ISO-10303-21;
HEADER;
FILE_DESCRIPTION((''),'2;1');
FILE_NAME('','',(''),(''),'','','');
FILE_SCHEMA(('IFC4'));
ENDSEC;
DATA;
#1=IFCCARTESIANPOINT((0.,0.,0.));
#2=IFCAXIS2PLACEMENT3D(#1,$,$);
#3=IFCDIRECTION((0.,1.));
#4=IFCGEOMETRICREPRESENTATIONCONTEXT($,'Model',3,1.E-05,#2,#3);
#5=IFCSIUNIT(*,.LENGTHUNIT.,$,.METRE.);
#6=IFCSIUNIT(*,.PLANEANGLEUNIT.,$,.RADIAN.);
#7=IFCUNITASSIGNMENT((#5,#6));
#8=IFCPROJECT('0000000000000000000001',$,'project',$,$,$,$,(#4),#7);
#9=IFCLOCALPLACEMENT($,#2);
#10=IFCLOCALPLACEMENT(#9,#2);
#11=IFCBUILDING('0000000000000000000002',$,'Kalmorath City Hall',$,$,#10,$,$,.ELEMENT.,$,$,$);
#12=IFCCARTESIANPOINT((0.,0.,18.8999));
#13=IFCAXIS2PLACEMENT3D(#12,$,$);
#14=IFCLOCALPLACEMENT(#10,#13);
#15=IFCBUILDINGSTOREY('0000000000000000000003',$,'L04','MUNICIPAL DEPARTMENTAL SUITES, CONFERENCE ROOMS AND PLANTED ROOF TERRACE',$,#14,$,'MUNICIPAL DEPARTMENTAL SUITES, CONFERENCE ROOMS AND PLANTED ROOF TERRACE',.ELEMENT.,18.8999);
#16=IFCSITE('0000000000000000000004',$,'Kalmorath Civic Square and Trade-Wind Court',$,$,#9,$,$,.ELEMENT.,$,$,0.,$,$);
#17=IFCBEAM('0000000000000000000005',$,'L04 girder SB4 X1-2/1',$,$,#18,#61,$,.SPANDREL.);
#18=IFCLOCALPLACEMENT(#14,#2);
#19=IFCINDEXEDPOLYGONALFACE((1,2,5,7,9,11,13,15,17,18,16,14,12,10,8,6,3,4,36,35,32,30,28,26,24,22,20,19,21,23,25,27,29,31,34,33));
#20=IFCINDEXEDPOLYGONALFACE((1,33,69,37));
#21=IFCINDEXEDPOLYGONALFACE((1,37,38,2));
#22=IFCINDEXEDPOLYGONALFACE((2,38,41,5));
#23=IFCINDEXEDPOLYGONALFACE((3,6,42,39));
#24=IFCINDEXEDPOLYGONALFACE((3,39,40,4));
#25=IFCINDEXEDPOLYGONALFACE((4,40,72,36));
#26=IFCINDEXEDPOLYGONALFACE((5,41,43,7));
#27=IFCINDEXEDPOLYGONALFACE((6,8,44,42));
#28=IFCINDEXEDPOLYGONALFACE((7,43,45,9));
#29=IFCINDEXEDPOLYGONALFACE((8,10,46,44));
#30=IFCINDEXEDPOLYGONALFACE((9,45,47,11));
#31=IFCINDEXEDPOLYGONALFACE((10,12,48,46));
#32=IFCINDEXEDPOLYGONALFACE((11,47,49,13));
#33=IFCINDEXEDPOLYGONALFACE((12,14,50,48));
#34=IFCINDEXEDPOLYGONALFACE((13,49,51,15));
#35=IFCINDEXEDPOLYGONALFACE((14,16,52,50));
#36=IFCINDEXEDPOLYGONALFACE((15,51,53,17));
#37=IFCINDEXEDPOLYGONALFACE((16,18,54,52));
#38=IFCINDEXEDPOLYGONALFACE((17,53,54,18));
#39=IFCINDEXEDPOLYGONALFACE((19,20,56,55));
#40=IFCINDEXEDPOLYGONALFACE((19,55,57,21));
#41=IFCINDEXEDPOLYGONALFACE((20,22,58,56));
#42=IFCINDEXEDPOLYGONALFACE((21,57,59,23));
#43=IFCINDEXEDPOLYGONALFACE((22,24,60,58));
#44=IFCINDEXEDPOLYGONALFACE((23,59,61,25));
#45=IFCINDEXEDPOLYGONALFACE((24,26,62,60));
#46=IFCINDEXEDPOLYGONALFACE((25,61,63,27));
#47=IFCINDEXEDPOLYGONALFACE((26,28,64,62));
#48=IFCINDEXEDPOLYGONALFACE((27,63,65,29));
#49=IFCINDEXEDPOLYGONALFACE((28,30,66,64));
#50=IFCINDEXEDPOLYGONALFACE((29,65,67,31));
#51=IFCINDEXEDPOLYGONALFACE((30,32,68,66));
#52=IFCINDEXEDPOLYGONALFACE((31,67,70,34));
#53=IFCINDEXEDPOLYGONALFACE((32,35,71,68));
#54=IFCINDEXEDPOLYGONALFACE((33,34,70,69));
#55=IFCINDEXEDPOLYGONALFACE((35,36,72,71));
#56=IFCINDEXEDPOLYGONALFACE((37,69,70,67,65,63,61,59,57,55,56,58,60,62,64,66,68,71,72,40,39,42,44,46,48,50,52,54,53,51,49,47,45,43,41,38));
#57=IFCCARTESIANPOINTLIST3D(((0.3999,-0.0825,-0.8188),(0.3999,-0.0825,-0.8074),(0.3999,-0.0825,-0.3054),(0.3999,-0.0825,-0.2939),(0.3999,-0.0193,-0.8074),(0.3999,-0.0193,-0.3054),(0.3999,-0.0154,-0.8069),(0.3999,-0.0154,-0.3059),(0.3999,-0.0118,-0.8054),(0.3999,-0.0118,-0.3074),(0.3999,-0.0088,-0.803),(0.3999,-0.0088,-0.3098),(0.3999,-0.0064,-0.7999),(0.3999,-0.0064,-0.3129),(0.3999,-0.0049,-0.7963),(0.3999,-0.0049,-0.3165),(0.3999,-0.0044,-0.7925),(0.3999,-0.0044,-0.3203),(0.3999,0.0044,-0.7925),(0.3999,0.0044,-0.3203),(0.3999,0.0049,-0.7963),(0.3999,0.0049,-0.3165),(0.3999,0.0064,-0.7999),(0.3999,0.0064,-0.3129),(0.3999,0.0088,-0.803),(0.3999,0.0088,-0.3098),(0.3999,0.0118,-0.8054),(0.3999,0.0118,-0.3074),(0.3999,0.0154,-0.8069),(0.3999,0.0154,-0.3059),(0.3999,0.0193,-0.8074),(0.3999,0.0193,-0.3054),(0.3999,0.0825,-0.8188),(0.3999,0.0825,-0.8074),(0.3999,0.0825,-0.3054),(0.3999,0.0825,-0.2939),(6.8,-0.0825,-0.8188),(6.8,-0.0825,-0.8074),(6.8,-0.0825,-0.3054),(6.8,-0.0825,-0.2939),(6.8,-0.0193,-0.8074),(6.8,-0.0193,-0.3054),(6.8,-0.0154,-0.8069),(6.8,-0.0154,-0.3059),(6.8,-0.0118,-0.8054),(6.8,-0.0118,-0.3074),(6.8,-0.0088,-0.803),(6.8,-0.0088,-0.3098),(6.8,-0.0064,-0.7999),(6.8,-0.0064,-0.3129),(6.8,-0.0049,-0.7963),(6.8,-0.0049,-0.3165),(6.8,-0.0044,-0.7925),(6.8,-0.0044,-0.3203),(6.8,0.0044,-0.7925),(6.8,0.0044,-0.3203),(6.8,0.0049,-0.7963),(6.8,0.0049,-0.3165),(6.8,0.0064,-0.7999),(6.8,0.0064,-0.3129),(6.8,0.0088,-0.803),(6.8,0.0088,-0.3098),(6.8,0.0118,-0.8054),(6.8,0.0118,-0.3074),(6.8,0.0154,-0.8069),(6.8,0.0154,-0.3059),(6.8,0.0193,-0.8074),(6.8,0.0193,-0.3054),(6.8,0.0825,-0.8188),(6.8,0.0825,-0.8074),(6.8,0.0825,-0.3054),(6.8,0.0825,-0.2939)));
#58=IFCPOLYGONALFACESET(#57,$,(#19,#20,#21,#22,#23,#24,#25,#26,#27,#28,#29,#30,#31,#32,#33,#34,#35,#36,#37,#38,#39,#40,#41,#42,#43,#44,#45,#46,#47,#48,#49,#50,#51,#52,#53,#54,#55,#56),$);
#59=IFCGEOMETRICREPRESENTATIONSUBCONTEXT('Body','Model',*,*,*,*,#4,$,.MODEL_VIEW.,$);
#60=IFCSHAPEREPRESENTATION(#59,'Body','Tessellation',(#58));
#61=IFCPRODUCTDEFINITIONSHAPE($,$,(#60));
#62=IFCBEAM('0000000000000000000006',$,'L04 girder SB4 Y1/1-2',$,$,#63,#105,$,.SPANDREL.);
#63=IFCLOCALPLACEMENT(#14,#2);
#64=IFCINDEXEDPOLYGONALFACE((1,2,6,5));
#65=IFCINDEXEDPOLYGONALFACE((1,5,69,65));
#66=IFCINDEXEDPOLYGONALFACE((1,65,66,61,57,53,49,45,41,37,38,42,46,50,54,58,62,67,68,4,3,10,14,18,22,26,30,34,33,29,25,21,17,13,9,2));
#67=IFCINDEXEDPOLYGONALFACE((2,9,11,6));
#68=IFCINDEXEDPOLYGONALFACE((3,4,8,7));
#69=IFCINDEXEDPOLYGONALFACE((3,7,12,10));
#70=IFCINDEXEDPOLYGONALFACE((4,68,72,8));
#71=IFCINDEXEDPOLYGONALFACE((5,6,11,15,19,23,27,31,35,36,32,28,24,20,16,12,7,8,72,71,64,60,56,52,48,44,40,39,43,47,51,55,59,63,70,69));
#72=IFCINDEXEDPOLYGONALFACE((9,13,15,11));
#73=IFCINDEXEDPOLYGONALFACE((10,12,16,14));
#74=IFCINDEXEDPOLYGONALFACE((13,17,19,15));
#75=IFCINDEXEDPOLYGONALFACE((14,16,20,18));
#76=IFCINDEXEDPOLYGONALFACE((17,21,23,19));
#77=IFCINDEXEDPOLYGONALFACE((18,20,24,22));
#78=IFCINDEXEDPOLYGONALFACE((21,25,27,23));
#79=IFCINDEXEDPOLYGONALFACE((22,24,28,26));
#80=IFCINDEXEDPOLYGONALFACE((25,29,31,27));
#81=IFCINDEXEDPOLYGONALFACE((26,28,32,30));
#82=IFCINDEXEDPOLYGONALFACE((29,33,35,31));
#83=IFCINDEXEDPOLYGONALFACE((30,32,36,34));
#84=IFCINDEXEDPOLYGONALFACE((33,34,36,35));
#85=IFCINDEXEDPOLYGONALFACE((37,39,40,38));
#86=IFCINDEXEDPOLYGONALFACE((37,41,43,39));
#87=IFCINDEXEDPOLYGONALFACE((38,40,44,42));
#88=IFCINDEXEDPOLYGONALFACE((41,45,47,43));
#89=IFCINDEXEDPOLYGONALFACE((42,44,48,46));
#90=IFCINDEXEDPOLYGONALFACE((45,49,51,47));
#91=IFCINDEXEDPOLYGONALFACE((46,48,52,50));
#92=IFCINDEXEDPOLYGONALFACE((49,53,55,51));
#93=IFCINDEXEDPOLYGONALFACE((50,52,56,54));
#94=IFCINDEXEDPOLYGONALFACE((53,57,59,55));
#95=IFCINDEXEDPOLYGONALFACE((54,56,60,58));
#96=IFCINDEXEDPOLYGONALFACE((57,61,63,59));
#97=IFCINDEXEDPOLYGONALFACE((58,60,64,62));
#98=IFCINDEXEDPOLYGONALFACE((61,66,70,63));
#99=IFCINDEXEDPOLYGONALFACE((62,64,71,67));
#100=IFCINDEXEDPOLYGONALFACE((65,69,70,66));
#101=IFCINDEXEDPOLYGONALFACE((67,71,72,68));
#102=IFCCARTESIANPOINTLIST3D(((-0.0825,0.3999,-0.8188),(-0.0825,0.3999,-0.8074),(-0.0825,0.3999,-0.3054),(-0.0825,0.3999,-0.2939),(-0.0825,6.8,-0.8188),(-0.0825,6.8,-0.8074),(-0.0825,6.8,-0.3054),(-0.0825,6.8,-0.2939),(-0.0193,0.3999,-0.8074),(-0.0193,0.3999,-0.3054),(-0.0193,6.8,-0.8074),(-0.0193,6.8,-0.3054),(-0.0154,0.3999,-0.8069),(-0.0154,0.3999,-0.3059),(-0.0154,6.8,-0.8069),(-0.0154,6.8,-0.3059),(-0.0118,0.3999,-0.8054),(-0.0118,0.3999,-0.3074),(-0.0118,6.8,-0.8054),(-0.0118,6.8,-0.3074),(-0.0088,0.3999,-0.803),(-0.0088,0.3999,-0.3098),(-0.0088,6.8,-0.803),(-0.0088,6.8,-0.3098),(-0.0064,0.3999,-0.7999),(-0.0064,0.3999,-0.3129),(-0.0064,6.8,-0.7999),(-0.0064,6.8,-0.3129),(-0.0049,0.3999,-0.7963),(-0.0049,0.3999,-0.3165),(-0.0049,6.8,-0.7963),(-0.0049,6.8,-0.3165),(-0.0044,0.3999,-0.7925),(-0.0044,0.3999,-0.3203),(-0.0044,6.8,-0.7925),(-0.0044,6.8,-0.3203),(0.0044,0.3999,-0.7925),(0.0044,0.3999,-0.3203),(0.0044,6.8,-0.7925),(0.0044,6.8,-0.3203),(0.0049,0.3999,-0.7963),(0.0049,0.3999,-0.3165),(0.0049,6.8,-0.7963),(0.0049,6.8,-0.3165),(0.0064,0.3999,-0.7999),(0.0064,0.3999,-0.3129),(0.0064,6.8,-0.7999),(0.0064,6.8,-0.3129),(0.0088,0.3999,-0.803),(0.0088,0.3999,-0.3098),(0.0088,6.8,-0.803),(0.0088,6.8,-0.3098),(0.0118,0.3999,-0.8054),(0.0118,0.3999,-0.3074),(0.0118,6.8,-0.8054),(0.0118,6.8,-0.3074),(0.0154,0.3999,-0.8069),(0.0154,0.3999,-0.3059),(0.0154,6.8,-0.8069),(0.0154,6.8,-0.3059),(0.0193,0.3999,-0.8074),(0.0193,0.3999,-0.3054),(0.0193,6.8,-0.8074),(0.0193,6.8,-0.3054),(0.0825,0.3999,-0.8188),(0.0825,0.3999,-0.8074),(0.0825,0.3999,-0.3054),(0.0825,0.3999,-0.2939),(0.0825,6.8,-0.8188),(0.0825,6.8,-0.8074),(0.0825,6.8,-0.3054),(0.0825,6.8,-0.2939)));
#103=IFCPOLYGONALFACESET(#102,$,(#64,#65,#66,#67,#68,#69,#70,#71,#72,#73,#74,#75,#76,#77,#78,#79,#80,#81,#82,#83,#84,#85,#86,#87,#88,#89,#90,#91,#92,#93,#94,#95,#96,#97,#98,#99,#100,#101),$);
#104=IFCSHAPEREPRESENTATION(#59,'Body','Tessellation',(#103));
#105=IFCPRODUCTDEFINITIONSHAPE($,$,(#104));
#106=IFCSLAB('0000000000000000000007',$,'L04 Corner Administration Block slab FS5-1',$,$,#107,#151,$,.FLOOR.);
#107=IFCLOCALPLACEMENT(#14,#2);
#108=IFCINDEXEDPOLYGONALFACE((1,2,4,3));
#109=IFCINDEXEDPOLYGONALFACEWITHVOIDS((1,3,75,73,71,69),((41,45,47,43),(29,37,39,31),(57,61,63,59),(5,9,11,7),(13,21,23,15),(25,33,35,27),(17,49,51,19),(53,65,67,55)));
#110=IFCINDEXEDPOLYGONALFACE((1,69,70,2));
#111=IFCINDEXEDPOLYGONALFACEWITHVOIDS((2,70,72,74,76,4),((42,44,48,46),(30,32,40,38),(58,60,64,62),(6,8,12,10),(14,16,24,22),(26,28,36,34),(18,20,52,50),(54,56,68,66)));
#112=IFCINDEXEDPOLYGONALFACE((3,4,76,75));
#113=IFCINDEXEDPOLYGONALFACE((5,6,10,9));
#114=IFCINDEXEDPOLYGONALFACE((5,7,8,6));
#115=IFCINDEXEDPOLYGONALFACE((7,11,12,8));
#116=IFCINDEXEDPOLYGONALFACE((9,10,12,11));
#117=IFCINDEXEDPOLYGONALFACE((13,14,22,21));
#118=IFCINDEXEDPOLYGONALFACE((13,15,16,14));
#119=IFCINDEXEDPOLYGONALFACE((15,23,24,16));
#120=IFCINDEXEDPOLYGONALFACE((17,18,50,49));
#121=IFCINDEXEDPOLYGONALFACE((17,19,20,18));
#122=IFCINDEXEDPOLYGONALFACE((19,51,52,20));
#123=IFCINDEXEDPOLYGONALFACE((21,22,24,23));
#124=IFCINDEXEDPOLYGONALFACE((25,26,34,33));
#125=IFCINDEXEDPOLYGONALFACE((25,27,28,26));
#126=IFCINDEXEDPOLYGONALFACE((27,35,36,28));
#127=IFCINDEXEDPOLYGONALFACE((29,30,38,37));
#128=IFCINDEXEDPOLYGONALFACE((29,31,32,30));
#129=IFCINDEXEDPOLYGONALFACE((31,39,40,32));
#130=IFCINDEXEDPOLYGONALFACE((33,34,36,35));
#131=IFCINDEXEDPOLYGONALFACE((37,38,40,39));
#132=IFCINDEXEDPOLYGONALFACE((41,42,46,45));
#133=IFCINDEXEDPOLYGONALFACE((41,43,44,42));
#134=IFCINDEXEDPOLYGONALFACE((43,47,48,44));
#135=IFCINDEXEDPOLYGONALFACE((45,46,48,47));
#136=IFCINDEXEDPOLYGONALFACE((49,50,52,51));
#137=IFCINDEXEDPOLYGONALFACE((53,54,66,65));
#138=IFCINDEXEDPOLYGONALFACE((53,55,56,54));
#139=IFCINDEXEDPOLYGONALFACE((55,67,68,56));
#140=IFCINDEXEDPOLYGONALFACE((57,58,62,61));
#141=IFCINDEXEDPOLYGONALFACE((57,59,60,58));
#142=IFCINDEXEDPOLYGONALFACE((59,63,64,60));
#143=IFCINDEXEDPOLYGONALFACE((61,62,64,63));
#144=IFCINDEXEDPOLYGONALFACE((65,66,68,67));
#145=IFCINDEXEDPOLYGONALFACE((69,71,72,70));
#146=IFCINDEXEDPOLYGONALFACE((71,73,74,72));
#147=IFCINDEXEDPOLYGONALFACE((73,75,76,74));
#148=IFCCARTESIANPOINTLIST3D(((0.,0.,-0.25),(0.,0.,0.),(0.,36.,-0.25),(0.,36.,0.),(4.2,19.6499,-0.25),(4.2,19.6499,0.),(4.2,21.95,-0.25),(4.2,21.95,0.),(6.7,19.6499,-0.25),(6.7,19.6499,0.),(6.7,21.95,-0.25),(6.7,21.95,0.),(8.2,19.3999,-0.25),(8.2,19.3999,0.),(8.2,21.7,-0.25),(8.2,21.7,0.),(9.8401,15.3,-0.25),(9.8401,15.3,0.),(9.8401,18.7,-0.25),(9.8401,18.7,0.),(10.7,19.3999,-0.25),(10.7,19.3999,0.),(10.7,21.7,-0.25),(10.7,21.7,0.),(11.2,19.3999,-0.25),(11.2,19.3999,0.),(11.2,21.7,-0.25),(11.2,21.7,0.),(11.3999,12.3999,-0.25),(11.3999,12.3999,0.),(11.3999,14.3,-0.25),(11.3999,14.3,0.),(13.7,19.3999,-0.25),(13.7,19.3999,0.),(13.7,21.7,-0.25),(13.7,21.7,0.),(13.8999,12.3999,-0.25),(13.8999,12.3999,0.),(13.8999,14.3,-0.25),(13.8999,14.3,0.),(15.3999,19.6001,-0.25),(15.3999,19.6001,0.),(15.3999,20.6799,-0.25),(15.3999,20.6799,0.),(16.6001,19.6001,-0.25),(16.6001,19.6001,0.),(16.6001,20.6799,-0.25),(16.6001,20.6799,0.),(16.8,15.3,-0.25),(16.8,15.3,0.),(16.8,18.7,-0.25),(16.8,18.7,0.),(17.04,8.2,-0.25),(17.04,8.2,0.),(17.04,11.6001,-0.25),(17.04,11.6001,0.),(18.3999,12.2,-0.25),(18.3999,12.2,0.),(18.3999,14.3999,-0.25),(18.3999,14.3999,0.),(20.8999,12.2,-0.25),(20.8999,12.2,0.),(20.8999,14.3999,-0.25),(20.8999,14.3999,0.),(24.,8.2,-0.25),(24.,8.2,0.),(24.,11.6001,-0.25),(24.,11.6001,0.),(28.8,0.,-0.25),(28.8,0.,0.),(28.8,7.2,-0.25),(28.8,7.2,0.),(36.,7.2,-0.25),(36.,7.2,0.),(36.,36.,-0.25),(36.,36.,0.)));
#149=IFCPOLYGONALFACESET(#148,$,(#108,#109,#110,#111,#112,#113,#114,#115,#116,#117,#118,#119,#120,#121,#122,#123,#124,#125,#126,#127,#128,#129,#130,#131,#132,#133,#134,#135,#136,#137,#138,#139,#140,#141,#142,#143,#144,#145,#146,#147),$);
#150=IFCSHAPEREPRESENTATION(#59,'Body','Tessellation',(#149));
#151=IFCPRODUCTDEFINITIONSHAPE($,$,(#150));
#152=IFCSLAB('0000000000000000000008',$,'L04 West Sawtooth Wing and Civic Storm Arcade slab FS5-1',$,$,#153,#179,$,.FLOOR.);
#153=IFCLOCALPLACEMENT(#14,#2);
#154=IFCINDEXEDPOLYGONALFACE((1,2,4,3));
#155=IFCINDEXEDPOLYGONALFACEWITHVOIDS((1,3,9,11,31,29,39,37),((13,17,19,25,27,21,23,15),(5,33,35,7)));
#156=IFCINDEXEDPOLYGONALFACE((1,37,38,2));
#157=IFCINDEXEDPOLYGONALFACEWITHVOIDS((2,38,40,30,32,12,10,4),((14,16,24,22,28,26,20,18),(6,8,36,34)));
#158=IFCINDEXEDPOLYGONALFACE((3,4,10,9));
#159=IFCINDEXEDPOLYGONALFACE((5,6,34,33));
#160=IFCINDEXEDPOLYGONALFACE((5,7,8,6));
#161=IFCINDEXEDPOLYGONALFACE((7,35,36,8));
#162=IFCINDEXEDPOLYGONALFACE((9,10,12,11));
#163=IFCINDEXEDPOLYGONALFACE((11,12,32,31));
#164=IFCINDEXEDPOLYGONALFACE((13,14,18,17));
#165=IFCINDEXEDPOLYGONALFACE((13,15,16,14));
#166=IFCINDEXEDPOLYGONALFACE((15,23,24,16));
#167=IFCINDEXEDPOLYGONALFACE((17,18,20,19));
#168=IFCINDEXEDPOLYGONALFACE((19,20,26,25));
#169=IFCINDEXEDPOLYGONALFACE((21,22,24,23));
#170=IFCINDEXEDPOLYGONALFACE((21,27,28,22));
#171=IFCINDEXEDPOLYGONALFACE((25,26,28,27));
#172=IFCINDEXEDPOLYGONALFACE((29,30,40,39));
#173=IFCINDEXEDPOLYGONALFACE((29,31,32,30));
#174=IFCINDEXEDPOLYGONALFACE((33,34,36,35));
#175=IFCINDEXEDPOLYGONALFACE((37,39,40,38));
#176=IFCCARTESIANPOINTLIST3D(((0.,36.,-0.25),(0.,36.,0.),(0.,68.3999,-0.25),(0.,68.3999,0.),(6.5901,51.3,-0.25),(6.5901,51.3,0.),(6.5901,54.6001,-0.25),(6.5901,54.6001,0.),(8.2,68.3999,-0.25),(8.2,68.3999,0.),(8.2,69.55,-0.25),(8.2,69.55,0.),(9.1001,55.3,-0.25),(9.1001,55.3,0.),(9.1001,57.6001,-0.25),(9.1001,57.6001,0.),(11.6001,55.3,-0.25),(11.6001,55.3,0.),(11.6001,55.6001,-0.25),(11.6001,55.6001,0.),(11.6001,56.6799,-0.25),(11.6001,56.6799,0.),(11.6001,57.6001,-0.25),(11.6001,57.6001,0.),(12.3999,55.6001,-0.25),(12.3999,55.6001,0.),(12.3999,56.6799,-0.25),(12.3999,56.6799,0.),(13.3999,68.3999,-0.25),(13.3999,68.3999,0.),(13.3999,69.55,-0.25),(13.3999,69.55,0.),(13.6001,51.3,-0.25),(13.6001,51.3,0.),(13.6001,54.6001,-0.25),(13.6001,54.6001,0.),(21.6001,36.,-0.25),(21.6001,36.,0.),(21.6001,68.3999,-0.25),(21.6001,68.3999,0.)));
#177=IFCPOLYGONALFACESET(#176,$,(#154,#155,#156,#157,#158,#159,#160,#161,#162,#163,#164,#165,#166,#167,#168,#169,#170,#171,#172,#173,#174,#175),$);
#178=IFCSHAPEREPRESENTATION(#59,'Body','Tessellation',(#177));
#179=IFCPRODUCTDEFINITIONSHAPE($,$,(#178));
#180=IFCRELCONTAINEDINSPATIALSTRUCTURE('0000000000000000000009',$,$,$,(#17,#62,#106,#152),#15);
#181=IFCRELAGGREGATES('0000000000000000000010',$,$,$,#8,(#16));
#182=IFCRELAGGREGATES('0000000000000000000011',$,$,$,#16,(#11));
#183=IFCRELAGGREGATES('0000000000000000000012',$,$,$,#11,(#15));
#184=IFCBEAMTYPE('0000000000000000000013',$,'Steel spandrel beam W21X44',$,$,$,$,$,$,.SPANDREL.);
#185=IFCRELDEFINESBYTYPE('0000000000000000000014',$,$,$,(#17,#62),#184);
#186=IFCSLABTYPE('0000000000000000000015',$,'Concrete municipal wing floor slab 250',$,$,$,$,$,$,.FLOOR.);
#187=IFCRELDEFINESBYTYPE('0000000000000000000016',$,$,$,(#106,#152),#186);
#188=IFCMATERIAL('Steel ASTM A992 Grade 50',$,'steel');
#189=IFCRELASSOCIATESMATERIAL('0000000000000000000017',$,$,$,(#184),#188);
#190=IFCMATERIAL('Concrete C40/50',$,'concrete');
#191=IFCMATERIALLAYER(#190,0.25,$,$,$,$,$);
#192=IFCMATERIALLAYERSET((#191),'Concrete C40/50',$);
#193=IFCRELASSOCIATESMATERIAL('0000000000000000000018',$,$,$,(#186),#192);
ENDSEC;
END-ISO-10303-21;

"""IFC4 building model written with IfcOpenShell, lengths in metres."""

from ifc_helpers import new_model, si_unit, direction, frame, origin, origin_2d, place, context, subcontext, project, spatial, polyline, i_section, outline, extrude, material, layer, layer_set, material_profile, profile_set, type_object, element, save


model = new_model("IFC4")

# Units and contexts
model_context = context("Model", 3, precision=1e-05, world=origin(), true_north=direction((0.0, 1.0)))
body_context = subcontext(model_context, "Body", "Model", "MODEL_VIEW")
ifc_project = project(units=[si_unit("LENGTHUNIT", "METRE"), si_unit("PLANEANGLEUNIT", "RADIAN")], contexts=[model_context])

# Site, building, storey
site_placement = place(None, origin())
site = spatial("IfcSite", under=ifc_project, at=site_placement, Name="Kalmorath Civic Square and Trade-Wind Court", CompositionType="ELEMENT", RefElevation=0.0)
building_placement = place(site_placement, origin())
building = spatial("IfcBuilding", under=site, at=building_placement, Name="Kalmorath City Hall", CompositionType="ELEMENT")
storey_placement = place(building_placement, frame((0.0, 0.0, 18.8999)))
storey = spatial("IfcBuildingStorey", under=building, at=storey_placement, Name="L04", Description="MUNICIPAL DEPARTMENTAL SUITES, CONFERENCE ROOMS AND PLANTED ROOF TERRACE", LongName="MUNICIPAL DEPARTMENTAL SUITES, CONFERENCE ROOMS AND PLANTED ROOF TERRACE", CompositionType="ELEMENT", Elevation=18.8999)

# Beams
ifc_material_1 = material(Name="Steel ASTM A992 Grade 50", Category="steel")
ifc_material_profile_1 = material_profile(ifc_material_1, i_section(OverallWidth=0.165, OverallDepth=0.5249, WebThickness=0.0088, FlangeThickness=0.0115, FilletRadius=0.0149, at=origin_2d()), Name="W21X44")
ifc_profile_set_1 = profile_set([ifc_material_profile_1], Name="Steel ASTM A992 Grade 50")
beam_type_1 = type_object("IfcBeamType", Name="Steel spandrel beam W21X44", PredefinedType="SPANDREL", material=ifc_profile_set_1)
for number, where, z_axis, x_axis, name in (
    (1, (0.3999, 0.0, -0.5564), (1.0, 0.0, 0.0), (0.0, 1.0, 0.0), "L04 girder SB4 X1-2/1"),
    (2, (0.0, 0.3999, -0.5564), (0.0, 1.0, 0.0), (-1.0, 0.0, 0.0), "L04 girder SB4 Y1/1-2"),
):
    element("IfcBeam", number, at=place(storey_placement, frame(where, z_axis=z_axis, x_axis=x_axis)), inside=storey, type_object=beam_type_1, Name=name, PredefinedType="SPANDREL", context=body_context, shape_type="SweptSolid", body=[
        extrude(i_section(OverallWidth=0.165, OverallDepth=0.5249, WebThickness=0.0088, FlangeThickness=0.0115, FilletRadius=0.0149, at=origin_2d()), origin(), (0.0, 0.0, 1.0), 6.4001),
    ])

# Slabs
ifc_material_2 = material(Name="Concrete C40/50", Category="concrete")
ifc_layer_1 = layer(ifc_material_2, 0.25)
ifc_layer_set_1 = layer_set([ifc_layer_1], Name="Concrete C40/50")
slab_type_1 = type_object("IfcSlabType", Name="Concrete municipal wing floor slab 250", PredefinedType="FLOOR", material=ifc_layer_set_1)
slab_1_placement = place(storey_placement, frame((0.0, 0.0, -0.25)))
element("IfcSlab", 3, at=slab_1_placement, inside=storey, type_object=slab_type_1, Name="L04 Corner Administration Block slab FS5-1", PredefinedType="FLOOR", context=body_context, shape_type="SweptSolid", body=[
    extrude(outline(polyline([(36.0, 7.2), (28.8, 7.2), (28.8, 0.0), (0.0, 0.0), (0.0, 36.0), (36.0, 36.0), (36.0, 7.2)]), holes=[polyline([(16.8, 15.3), (16.8, 18.7), (9.8401, 18.7), (9.8401, 15.3), (16.8, 15.3)]), polyline([(4.2, 19.6499), (6.7, 19.6499), (6.7, 21.95), (4.2, 21.95), (4.2, 19.6499)]), polyline([(8.2, 21.7), (8.2, 19.3999), (10.7, 19.3999), (10.7, 21.7), (8.2, 21.7)]), polyline([(13.7, 21.7), (11.2, 21.7), (11.2, 19.3999), (13.7, 19.3999), (13.7, 21.7)]), polyline([(24.0, 8.2), (24.0, 11.6001), (17.04, 11.6001), (17.04, 8.2), (24.0, 8.2)]), polyline([(11.3999, 12.3999), (13.8999, 12.3999), (13.8999, 14.3), (11.3999, 14.3), (11.3999, 12.3999)]), polyline([(18.3999, 14.3999), (18.3999, 12.2), (20.8999, 12.2), (20.8999, 14.3999), (18.3999, 14.3999)]), polyline([(16.6001, 20.6799), (15.3999, 20.6799), (15.3999, 19.6001), (16.6001, 19.6001), (16.6001, 20.6799)])]), origin(), (0.0, 0.0, 1.0), 0.25),
])
slab_2_placement = place(storey_placement, frame((0.0, 0.0, -0.25)))
element("IfcSlab", 4, at=slab_2_placement, inside=storey, type_object=slab_type_1, Name="L04 West Sawtooth Wing and Civic Storm Arcade slab FS5-1", PredefinedType="FLOOR", context=body_context, shape_type="SweptSolid", body=[
    extrude(outline(polyline([(8.2, 68.3999), (8.2, 69.55), (13.3999, 69.55), (13.3999, 68.3999), (21.6001, 68.3999), (21.6001, 36.0), (0.0, 36.0), (0.0, 68.3999), (8.2, 68.3999)]), holes=[polyline([(13.6001, 54.6001), (6.5901, 54.6001), (6.5901, 51.3), (13.6001, 51.3), (13.6001, 54.6001)]), polyline([(11.6001, 55.3), (11.6001, 55.6001), (12.3999, 55.6001), (12.3999, 56.6799), (11.6001, 56.6799), (11.6001, 57.6001), (9.1001, 57.6001), (9.1001, 55.3), (11.6001, 55.3)])]), origin(), (0.0, 0.0, 1.0), 0.25),
])

save(model, "model.ifc")
